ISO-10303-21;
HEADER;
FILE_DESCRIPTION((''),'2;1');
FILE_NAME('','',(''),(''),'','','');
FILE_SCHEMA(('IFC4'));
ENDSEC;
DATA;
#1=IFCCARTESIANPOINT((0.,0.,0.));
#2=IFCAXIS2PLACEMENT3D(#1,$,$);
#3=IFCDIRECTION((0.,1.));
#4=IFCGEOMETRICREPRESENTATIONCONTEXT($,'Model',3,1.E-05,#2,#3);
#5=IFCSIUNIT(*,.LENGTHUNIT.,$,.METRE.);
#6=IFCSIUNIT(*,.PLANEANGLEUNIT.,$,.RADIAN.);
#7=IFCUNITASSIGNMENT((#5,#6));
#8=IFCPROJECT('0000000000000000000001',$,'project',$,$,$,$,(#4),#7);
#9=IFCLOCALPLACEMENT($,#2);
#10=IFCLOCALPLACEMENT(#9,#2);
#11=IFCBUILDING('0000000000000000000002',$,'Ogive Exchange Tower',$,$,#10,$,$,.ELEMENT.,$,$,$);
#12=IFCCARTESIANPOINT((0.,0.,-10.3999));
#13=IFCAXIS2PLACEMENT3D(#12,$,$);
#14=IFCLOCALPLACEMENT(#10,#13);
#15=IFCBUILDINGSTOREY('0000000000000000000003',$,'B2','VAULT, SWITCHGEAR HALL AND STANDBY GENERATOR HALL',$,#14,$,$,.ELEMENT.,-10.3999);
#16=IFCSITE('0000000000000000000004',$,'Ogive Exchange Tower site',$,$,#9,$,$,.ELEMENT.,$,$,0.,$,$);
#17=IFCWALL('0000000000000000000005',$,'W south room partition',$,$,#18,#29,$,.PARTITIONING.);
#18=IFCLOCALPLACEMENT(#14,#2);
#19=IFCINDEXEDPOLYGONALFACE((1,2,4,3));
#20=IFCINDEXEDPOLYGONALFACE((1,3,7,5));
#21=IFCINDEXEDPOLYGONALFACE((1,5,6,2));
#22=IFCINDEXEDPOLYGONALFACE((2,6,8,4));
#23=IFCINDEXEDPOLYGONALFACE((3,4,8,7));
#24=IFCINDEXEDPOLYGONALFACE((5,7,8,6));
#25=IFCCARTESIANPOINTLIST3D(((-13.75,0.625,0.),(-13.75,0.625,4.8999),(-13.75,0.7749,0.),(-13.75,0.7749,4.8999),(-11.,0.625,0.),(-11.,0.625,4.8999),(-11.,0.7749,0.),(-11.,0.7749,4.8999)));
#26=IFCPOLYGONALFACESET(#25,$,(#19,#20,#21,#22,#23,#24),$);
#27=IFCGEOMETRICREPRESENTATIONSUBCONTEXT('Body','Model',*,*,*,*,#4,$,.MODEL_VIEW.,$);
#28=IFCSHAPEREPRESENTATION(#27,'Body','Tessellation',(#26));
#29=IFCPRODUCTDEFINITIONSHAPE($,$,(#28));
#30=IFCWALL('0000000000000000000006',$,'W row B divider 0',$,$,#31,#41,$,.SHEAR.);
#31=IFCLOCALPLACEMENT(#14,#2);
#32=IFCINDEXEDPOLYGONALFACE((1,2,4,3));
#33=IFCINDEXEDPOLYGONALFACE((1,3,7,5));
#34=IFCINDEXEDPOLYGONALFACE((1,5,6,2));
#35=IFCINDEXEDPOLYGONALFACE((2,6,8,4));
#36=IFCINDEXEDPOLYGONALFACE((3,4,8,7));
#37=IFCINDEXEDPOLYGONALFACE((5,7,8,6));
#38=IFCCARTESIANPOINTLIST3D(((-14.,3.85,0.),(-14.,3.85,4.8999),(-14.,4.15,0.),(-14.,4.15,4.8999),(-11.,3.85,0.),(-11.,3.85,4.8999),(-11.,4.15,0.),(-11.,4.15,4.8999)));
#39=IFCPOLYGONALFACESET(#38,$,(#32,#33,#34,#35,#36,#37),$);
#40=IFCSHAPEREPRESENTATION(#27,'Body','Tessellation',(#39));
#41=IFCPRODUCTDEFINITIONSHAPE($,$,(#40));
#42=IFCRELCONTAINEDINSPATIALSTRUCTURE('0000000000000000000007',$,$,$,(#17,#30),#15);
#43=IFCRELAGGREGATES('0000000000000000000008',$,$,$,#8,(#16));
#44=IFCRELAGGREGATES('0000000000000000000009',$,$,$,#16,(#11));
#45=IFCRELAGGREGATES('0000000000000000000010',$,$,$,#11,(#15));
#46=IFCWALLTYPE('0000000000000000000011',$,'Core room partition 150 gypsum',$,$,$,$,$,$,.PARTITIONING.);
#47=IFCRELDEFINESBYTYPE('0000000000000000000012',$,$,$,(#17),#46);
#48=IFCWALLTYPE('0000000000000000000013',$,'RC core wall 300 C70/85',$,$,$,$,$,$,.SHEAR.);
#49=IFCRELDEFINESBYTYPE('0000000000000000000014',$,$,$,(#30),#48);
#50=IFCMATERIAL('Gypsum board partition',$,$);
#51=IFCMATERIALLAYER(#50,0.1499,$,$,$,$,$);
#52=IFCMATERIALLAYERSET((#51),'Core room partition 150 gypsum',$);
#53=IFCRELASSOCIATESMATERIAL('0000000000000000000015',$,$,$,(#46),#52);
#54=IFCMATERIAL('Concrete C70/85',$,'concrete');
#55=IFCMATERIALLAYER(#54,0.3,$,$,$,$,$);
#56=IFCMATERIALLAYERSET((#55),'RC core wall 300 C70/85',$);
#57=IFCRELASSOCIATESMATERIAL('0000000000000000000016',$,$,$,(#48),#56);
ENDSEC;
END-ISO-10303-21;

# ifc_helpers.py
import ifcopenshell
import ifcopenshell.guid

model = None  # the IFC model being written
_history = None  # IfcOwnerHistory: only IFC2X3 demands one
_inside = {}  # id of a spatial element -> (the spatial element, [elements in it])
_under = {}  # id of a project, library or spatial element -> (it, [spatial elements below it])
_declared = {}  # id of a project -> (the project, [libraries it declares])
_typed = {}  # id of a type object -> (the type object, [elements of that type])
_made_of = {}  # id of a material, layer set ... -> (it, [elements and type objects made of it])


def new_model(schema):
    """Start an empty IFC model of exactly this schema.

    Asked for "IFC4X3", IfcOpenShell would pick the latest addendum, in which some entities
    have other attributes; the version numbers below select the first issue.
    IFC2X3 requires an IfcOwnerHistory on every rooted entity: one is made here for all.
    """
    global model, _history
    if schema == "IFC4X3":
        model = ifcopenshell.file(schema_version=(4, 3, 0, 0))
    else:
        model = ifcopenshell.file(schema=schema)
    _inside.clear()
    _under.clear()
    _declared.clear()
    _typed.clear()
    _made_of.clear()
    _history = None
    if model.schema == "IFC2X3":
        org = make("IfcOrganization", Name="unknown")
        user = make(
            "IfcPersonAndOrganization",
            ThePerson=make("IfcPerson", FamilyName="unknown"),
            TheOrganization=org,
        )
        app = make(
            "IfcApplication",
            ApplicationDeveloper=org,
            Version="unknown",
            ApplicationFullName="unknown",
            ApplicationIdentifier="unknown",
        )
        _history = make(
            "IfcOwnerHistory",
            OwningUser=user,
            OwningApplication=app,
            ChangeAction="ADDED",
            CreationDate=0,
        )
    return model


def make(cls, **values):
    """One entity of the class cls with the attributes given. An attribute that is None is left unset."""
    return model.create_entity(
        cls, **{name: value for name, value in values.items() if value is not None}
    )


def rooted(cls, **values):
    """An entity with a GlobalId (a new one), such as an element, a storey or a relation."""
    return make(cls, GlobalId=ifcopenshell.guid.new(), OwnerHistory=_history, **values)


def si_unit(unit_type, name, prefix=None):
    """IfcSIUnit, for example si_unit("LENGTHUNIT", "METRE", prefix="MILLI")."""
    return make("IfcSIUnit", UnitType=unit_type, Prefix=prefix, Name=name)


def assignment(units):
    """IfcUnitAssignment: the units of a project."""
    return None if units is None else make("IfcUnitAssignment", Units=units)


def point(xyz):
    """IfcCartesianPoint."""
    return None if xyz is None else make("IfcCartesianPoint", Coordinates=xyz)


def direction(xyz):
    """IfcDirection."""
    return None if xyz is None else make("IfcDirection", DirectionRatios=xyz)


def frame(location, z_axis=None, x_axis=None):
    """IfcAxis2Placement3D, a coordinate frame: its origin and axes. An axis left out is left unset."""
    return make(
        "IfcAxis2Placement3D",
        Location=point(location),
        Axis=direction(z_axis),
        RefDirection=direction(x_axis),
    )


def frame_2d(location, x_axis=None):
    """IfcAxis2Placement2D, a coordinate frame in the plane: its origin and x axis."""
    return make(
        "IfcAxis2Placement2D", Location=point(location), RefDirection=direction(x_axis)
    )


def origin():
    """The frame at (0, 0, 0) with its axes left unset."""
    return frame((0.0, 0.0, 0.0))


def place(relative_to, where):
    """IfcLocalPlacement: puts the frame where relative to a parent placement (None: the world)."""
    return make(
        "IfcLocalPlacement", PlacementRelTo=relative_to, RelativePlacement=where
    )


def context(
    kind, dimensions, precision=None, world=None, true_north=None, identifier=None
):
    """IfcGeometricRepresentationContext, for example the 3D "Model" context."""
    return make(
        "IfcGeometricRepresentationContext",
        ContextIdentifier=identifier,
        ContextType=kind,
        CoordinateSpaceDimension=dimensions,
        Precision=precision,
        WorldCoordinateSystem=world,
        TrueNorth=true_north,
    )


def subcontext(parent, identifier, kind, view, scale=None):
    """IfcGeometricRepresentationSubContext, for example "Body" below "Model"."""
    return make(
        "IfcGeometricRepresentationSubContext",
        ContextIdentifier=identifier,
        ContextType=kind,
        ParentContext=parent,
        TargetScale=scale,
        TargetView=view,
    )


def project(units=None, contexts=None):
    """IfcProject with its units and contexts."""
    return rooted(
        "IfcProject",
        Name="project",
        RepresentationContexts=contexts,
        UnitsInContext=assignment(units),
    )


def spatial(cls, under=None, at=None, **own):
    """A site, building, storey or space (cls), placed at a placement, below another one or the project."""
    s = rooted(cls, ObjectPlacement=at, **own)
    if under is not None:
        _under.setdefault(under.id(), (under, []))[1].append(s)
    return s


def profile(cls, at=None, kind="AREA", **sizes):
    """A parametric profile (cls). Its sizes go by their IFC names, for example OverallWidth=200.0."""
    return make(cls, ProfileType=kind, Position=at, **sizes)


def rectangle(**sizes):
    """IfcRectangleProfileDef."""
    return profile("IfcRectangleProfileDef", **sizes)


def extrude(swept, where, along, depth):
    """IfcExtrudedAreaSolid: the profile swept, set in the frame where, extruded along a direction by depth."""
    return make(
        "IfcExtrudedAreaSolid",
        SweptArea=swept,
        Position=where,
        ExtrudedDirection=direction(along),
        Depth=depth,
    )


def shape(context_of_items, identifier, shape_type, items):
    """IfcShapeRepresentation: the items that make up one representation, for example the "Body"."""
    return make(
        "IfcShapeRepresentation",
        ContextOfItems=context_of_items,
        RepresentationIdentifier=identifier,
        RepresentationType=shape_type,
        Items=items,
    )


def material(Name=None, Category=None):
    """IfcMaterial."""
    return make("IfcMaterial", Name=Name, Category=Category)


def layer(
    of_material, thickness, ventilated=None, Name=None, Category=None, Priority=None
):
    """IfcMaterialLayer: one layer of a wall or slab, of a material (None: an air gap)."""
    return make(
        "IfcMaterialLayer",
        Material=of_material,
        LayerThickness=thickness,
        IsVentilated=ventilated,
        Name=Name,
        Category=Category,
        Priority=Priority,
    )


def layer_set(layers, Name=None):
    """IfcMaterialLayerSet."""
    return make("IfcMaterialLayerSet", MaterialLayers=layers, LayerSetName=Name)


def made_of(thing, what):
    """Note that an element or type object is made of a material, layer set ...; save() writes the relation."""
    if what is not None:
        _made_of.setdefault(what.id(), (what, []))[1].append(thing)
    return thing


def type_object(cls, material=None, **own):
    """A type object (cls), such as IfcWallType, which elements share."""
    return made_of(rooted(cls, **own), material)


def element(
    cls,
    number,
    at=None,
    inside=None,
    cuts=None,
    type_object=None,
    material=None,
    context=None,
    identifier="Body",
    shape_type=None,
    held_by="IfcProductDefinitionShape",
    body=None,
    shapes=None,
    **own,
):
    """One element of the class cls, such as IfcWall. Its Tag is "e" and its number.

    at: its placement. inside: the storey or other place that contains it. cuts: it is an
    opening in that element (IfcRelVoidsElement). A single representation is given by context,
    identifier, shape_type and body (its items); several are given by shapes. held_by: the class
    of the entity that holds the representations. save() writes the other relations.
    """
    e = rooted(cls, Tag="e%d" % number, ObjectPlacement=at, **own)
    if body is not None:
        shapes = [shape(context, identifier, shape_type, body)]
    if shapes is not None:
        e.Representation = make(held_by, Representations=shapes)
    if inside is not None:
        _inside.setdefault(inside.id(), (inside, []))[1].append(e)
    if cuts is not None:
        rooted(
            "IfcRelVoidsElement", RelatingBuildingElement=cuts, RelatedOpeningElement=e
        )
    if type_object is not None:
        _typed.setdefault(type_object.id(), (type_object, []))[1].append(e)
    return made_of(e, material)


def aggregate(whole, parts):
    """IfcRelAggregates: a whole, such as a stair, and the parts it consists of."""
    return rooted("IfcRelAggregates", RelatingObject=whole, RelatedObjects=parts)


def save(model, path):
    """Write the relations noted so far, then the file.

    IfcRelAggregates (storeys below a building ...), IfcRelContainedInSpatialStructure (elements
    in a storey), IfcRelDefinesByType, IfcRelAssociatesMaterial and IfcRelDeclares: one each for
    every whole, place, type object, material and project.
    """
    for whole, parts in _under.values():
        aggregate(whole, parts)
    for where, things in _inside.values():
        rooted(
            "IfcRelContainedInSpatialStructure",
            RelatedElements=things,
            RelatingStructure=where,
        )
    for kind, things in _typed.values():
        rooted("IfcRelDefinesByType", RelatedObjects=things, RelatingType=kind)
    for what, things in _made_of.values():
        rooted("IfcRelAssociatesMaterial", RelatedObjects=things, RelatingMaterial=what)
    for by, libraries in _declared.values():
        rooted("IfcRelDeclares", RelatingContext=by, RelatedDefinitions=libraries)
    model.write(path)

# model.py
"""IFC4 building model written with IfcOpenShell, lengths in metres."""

from ifc_helpers import new_model, si_unit, direction, frame, frame_2d, origin, place, context, subcontext, project, spatial, rectangle, extrude, material, layer, layer_set, type_object, element, save


model = new_model("IFC4")

# Units and contexts
model_context = context("Model", 3, precision=1e-05, world=origin(), true_north=direction((0.0, 1.0)))
body_context = subcontext(model_context, "Body", "Model", "MODEL_VIEW")
ifc_project = project(units=[si_unit("LENGTHUNIT", "METRE"), si_unit("PLANEANGLEUNIT", "RADIAN")], contexts=[model_context])

# Site, building, storey
site_placement = place(None, origin())
site = spatial("IfcSite", under=ifc_project, at=site_placement, Name="Ogive Exchange Tower site", CompositionType="ELEMENT", RefElevation=0.0)
building_placement = place(site_placement, origin())
building = spatial("IfcBuilding", under=site, at=building_placement, Name="Ogive Exchange Tower", CompositionType="ELEMENT")
storey_placement = place(building_placement, frame((0.0, 0.0, -10.3999)))
storey = spatial("IfcBuildingStorey", under=building, at=storey_placement, Name="B2", Description="VAULT, SWITCHGEAR HALL AND STANDBY GENERATOR HALL", CompositionType="ELEMENT", Elevation=-10.3999)

# Walls
ifc_material_1 = material(Name="Gypsum board partition")
ifc_layer_1 = layer(ifc_material_1, 0.1499)
ifc_layer_set_1 = layer_set([ifc_layer_1], Name="Core room partition 150 gypsum")
wall_type_1 = type_object("IfcWallType", Name="Core room partition 150 gypsum", PredefinedType="PARTITIONING", material=ifc_layer_set_1)
wall_1_placement = place(storey_placement, frame((-13.75, 0.7, 0.0), z_axis=(0.0, 0.0, 1.0), x_axis=(1.0, 0.0, 0.0)))
element("IfcWall", 1, at=wall_1_placement, inside=storey, type_object=wall_type_1, Name="W south room partition", PredefinedType="PARTITIONING", context=body_context, shape_type="SweptSolid", body=[
    extrude(rectangle(XDim=2.75, YDim=0.1499, at=frame_2d((1.375, 0.0))), origin(), (0.0, 0.0, 1.0), 4.8999),
])
ifc_material_2 = material(Name="Concrete C70/85", Category="concrete")
ifc_layer_2 = layer(ifc_material_2, 0.3)
ifc_layer_set_2 = layer_set([ifc_layer_2], Name="RC core wall 300 C70/85")
wall_type_2 = type_object("IfcWallType", Name="RC core wall 300 C70/85", PredefinedType="SHEAR", material=ifc_layer_set_2)
wall_2_placement = place(storey_placement, frame((-14.0, 4.0, 0.0), z_axis=(0.0, 0.0, 1.0), x_axis=(1.0, 0.0, 0.0)))
element("IfcWall", 2, at=wall_2_placement, inside=storey, type_object=wall_type_2, Name="W row B divider 0", PredefinedType="SHEAR", context=body_context, shape_type="SweptSolid", body=[
    extrude(rectangle(XDim=3.0, YDim=0.3, at=frame_2d((1.5, 0.0))), origin(), (0.0, 0.0, 1.0), 4.8999),
])

save(model, "model.ifc")
